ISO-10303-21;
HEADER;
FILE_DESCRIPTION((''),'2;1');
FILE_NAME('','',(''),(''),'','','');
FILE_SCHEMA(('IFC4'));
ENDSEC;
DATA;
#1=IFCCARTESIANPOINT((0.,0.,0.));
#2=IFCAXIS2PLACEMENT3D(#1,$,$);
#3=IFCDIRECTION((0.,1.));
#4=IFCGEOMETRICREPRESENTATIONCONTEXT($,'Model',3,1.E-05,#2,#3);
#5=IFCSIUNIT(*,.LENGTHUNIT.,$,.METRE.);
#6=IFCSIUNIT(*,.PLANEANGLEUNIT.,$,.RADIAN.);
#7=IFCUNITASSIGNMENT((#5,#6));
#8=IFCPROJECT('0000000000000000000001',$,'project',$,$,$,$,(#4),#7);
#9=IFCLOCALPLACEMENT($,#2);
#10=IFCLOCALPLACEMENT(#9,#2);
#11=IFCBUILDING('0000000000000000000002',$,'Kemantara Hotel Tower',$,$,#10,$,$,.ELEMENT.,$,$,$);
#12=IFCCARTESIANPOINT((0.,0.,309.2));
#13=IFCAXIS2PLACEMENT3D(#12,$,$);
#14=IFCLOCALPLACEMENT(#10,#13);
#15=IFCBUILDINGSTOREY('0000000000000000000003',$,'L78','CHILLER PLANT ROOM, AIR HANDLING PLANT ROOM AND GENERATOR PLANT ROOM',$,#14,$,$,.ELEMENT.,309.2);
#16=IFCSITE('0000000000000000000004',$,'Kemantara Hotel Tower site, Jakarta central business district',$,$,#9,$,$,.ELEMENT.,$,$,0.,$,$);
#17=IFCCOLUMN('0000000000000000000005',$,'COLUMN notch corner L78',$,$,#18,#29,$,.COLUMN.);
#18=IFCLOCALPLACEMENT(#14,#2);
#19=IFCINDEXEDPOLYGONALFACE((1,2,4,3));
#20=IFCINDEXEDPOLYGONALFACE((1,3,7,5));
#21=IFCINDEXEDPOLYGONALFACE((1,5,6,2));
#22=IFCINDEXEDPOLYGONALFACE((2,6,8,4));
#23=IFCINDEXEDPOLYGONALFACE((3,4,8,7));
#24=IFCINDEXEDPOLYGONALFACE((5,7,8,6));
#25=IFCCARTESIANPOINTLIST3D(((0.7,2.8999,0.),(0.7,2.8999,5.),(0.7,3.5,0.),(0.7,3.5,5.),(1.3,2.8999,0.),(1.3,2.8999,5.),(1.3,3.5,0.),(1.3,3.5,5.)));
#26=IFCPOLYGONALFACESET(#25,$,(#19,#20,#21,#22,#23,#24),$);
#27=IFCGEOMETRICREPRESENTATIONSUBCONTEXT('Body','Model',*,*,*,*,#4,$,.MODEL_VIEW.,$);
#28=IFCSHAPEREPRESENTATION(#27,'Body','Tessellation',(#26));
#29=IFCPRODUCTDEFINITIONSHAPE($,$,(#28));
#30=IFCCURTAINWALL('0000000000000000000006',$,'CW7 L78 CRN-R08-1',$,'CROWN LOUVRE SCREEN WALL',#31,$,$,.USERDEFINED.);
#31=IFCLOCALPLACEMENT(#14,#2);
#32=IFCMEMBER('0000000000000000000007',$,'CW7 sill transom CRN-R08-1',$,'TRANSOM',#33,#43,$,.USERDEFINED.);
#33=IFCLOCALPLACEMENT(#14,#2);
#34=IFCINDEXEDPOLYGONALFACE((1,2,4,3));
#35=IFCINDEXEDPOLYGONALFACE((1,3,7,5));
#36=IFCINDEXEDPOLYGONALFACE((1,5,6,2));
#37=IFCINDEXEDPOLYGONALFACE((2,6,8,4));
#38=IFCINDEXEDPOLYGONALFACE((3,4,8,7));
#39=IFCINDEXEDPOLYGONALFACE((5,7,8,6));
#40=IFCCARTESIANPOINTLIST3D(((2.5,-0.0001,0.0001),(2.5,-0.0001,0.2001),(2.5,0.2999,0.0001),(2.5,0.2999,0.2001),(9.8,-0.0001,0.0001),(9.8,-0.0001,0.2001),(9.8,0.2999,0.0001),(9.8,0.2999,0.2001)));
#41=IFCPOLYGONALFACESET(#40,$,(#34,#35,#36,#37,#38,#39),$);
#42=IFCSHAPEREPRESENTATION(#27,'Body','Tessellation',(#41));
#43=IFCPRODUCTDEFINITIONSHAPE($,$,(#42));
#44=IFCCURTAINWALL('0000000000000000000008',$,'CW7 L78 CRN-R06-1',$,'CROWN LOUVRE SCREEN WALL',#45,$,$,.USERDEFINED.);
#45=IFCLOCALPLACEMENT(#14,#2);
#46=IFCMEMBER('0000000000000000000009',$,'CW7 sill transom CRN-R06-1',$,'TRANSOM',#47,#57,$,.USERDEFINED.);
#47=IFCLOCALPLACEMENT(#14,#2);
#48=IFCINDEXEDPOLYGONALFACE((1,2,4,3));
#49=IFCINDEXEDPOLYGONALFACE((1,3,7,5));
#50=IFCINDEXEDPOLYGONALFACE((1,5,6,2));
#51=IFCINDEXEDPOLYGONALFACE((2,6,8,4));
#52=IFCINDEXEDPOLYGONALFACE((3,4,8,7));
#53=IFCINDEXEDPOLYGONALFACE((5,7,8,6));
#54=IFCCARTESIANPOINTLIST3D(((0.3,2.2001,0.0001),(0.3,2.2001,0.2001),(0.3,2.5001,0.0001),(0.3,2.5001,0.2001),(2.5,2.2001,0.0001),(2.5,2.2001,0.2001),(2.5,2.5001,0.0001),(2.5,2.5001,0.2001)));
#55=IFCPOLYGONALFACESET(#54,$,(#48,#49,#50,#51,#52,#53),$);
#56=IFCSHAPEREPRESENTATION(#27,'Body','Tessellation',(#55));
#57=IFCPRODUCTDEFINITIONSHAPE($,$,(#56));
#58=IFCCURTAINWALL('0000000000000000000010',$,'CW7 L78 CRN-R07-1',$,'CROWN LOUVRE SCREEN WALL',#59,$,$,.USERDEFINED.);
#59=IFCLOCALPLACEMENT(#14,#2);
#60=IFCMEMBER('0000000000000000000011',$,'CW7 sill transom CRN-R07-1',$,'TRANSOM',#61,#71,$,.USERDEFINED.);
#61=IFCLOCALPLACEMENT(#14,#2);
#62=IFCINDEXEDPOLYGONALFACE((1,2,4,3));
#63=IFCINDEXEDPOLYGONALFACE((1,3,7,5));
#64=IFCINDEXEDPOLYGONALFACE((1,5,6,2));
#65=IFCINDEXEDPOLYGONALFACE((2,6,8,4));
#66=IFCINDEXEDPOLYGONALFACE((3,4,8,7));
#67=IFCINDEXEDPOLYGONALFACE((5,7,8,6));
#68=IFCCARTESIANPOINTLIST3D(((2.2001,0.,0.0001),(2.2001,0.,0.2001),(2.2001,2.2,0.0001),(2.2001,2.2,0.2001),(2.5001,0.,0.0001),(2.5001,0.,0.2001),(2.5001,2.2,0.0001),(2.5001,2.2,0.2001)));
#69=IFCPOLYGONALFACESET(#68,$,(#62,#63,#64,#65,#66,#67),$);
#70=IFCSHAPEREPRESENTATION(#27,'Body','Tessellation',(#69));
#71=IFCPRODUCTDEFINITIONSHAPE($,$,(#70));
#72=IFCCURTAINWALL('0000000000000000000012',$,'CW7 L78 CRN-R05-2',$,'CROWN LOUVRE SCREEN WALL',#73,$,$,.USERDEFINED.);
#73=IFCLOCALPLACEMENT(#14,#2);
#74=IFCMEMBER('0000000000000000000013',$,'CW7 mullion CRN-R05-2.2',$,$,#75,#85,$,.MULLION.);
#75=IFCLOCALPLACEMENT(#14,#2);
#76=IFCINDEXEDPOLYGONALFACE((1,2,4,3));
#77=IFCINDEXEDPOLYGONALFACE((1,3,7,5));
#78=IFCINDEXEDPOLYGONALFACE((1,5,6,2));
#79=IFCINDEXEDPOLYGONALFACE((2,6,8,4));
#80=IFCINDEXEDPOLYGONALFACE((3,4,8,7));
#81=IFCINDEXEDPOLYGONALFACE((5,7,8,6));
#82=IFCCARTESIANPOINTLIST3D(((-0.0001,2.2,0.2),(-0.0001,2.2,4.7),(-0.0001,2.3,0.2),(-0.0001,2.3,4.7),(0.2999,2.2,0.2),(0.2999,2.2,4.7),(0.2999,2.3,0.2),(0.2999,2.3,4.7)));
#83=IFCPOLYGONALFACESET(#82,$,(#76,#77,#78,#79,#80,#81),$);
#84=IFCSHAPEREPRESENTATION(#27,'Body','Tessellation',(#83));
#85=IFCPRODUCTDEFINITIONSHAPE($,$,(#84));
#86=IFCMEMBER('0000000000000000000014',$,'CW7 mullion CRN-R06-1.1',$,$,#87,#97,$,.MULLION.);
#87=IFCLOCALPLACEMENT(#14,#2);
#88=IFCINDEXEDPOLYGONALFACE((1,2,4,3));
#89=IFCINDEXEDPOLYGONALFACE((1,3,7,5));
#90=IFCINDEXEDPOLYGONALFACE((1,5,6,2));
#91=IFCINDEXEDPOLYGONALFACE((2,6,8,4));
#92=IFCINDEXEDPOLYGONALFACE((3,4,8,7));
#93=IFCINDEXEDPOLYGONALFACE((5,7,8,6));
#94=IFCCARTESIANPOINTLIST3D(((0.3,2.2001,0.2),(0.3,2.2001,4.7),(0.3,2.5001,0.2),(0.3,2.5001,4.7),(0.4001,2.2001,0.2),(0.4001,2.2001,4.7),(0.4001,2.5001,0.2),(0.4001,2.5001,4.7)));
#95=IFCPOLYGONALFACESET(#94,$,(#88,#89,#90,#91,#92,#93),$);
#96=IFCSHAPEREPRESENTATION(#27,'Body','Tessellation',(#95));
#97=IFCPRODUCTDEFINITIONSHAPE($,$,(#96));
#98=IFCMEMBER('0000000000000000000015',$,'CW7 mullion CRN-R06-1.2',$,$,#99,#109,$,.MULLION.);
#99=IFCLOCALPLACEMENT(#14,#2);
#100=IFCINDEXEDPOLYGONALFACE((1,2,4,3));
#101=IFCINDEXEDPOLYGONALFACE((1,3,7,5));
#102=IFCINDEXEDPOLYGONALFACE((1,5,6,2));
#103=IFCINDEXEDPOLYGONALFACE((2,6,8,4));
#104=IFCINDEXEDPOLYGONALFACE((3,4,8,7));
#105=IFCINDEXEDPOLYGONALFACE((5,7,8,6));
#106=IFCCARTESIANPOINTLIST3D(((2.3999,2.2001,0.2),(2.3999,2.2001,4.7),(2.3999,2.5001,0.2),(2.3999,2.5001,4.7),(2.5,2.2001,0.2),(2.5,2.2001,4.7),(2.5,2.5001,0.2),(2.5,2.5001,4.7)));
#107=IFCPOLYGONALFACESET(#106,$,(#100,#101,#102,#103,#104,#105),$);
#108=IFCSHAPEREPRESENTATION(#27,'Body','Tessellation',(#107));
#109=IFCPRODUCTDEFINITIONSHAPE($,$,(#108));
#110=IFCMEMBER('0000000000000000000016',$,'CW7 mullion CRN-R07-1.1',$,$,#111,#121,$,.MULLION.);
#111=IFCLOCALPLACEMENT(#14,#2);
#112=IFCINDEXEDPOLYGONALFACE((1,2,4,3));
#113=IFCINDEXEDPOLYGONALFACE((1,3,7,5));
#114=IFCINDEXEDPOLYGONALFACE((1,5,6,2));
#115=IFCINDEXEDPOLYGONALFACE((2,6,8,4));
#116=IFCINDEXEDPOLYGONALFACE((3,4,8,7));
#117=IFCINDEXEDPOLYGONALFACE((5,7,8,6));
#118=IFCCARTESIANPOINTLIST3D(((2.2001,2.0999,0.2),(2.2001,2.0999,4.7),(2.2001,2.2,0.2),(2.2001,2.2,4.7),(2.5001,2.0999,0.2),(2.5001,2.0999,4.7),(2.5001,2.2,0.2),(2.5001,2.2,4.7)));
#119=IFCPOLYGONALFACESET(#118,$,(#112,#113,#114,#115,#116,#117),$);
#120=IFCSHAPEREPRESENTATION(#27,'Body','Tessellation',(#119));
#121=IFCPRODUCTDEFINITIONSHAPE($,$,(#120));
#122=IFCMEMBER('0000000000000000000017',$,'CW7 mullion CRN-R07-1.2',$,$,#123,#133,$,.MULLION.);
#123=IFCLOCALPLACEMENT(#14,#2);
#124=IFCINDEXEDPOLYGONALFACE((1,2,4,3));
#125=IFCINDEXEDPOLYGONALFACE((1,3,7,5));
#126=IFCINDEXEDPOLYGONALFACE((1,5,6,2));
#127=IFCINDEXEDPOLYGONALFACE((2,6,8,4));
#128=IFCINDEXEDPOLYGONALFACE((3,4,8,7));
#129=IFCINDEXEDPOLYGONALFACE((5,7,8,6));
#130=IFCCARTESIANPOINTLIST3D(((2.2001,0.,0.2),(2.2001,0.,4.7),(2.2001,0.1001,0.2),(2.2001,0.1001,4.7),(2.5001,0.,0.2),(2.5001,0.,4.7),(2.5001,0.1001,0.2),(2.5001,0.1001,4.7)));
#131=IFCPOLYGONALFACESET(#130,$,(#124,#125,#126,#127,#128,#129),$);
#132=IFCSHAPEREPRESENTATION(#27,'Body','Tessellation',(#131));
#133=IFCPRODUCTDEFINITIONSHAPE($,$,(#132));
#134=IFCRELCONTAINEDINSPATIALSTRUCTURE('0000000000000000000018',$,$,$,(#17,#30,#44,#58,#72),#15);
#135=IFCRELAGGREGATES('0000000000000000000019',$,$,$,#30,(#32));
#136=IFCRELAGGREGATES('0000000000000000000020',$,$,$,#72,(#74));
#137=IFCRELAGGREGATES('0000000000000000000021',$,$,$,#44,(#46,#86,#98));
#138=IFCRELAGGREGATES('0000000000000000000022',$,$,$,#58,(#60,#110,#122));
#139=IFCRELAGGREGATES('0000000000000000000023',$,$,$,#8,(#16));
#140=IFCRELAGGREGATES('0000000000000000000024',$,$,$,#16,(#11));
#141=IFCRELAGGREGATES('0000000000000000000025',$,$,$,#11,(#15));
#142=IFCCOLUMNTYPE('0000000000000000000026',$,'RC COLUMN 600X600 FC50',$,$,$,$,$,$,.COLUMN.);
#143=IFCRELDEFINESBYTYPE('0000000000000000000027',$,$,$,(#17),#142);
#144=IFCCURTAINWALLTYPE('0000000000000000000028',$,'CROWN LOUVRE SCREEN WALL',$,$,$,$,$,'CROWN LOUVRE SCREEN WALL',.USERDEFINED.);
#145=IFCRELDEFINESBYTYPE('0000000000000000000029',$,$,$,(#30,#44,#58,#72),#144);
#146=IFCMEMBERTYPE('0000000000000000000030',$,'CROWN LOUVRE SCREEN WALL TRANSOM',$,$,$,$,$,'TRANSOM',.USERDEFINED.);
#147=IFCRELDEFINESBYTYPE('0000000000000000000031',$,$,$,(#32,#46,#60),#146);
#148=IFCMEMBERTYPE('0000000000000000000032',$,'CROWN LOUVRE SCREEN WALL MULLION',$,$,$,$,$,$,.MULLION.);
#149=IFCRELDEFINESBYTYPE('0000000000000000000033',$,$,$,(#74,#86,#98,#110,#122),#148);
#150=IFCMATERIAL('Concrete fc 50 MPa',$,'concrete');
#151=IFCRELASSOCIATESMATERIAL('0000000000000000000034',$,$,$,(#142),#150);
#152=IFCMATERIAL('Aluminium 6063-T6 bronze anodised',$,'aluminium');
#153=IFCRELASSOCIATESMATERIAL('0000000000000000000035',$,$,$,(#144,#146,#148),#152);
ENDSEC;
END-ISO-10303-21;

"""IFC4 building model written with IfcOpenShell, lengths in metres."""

from ifc_helpers import new_model, si_unit, direction, frame, origin, origin_2d, place, context, subcontext, project, spatial, rectangle, extrude, source, transform, mapped, material, material_profile, profile_set, type_object, element, aggregate, save


model = new_model("IFC4")

# Units and contexts
model_context = context("Model", 3, precision=1e-05, world=origin(), true_north=direction((0.0, 1.0)))
body_context = subcontext(model_context, "Body", "Model", "MODEL_VIEW")
ifc_project = project(units=[si_unit("LENGTHUNIT", "METRE"), si_unit("PLANEANGLEUNIT", "RADIAN")], contexts=[model_context])

# Site, building, storey
site_placement = place(None, origin())
site = spatial("IfcSite", under=ifc_project, at=site_placement, Name="Kemantara Hotel Tower site, Jakarta central business district", CompositionType="ELEMENT", RefElevation=0.0)
building_placement = place(site_placement, origin())
building = spatial("IfcBuilding", under=site, at=building_placement, Name="Kemantara Hotel Tower", CompositionType="ELEMENT")
storey_placement = place(building_placement, frame((0.0, 0.0, 309.2)))
storey = spatial("IfcBuildingStorey", under=building, at=storey_placement, Name="L78", Description="CHILLER PLANT ROOM, AIR HANDLING PLANT ROOM AND GENERATOR PLANT ROOM", CompositionType="ELEMENT", Elevation=309.2)

# Column
ifc_material_1 = material(Name="Concrete fc 50 MPa", Category="concrete")
ifc_material_profile_1 = material_profile(ifc_material_1, rectangle(XDim=0.6001, YDim=0.6001, at=origin_2d()), Name="RC 600X600")
ifc_profile_set_1 = profile_set([ifc_material_profile_1], Name="Concrete fc 50 MPa")
column_type = type_object("IfcColumnType", Name="RC COLUMN 600X600 FC50", PredefinedType="COLUMN", material=ifc_profile_set_1)
column_placement = place(storey_placement, frame((1.0, 3.2, 0.0), z_axis=(0.0, 0.0, 1.0), x_axis=(1.0, 0.0, 0.0)))
element("IfcColumn", 1, at=column_placement, inside=storey, type_object=column_type, Name="COLUMN notch corner L78", PredefinedType="COLUMN", context=body_context, shape_type="SweptSolid", body=[
    extrude(rectangle(XDim=0.6001, YDim=0.6001, at=origin_2d()), origin(), (0.0, 0.0, 1.0), 5.0),
])

# Curtain walls, members
ifc_material_2 = material(Name="Aluminium 6063-T6 bronze anodised", Category="aluminium")
curtain_wall_type = type_object("IfcCurtainWallType", Name="CROWN LOUVRE SCREEN WALL", ElementType="CROWN LOUVRE SCREEN WALL", PredefinedType="USERDEFINED", material=ifc_material_2)
curtain_wall_1_placement = place(storey_placement, origin())
curtain_wall_1 = element("IfcCurtainWall", 2, at=curtain_wall_1_placement, inside=storey, type_object=curtain_wall_type, Name="CW7 L78 CRN-R08-1", ObjectType="CROWN LOUVRE SCREEN WALL", PredefinedType="USERDEFINED")
ifc_material_profile_2 = material_profile(ifc_material_2, rectangle(XDim=0.3, YDim=0.2, at=origin_2d()), Name="CROWN LOUVRE SCREEN WALL TRANSOM")
ifc_profile_set_2 = profile_set([ifc_material_profile_2], Name="Aluminium 6063-T6 bronze anodised")
member_type_1 = type_object("IfcMemberType", Name="CROWN LOUVRE SCREEN WALL TRANSOM", ElementType="TRANSOM", PredefinedType="USERDEFINED", material=ifc_profile_set_2)
member_1_placement = place(storey_placement, frame((2.5, 0.1499, 0.1001), z_axis=(1.0, 0.0, 0.0), x_axis=(0.0, 1.0, 0.0)))
member_1 = element("IfcMember", 3, at=member_1_placement, type_object=member_type_1, Name="CW7 sill transom CRN-R08-1", ObjectType="TRANSOM", PredefinedType="USERDEFINED", context=body_context, shape_type="SweptSolid", body=[
    extrude(rectangle(XDim=0.3, YDim=0.2, at=origin_2d()), origin(), (0.0, 0.0, 1.0), 7.3),
])
aggregate(curtain_wall_1, [member_1])
curtain_wall_2_placement = place(storey_placement, origin())
curtain_wall_2 = element("IfcCurtainWall", 4, at=curtain_wall_2_placement, inside=storey, type_object=curtain_wall_type, Name="CW7 L78 CRN-R06-1", ObjectType="CROWN LOUVRE SCREEN WALL", PredefinedType="USERDEFINED")
member_2_placement = place(storey_placement, frame((0.3, 2.3501, 0.1001), z_axis=(1.0, 0.0, 0.0), x_axis=(0.0, 1.0, 0.0)))
member_2 = element("IfcMember", 5, at=member_2_placement, type_object=member_type_1, Name="CW7 sill transom CRN-R06-1", ObjectType="TRANSOM", PredefinedType="USERDEFINED", context=body_context, shape_type="SweptSolid", body=[
    extrude(rectangle(XDim=0.3, YDim=0.2, at=origin_2d()), origin(), (0.0, 0.0, 1.0), 2.2),
])
curtain_wall_3_placement = place(storey_placement, origin())
curtain_wall_3 = element("IfcCurtainWall", 6, at=curtain_wall_3_placement, inside=storey, type_object=curtain_wall_type, Name="CW7 L78 CRN-R07-1", ObjectType="CROWN LOUVRE SCREEN WALL", PredefinedType="USERDEFINED")
member_3_placement = place(storey_placement, frame((2.3501, 2.2, 0.1001), z_axis=(0.0, -1.0, 0.0), x_axis=(1.0, 0.0, 0.0)))
member_3 = element("IfcMember", 7, at=member_3_placement, type_object=member_type_1, Name="CW7 sill transom CRN-R07-1", ObjectType="TRANSOM", PredefinedType="USERDEFINED", context=body_context, shape_type="SweptSolid", body=[
    extrude(rectangle(XDim=0.3, YDim=0.2, at=origin_2d()), origin(), (0.0, 0.0, 1.0), 2.2),
])
curtain_wall_4_placement = place(storey_placement, origin())
curtain_wall_4 = element("IfcCurtainWall", 8, at=curtain_wall_4_placement, inside=storey, type_object=curtain_wall_type, Name="CW7 L78 CRN-R05-2", ObjectType="CROWN LOUVRE SCREEN WALL", PredefinedType="USERDEFINED")
ifc_material_profile_3 = material_profile(ifc_material_2, rectangle(XDim=0.3, YDim=0.1001, at=origin_2d()), Name="CROWN LOUVRE SCREEN WALL MULLION")
ifc_profile_set_3 = profile_set([ifc_material_profile_3], Name="Aluminium 6063-T6 bronze anodised")
member_type_2 = type_object("IfcMemberType", Name="CROWN LOUVRE SCREEN WALL MULLION", PredefinedType="MULLION", material=ifc_profile_set_3)
shared_shape_1 = source(origin(), body_context, "Body", "SweptSolid", [
    extrude(rectangle(XDim=0.3, YDim=0.1001, at=origin_2d()), origin(), (0.0, 0.0, 1.0), 4.5),
])
member_4_placement = place(storey_placement, frame((0.1499, 2.25, 0.2), z_axis=(0.0, 0.0, 1.0), x_axis=(1.0, 0.0, 0.0)))
member_4 = element("IfcMember", 9, at=member_4_placement, type_object=member_type_2, Name="CW7 mullion CRN-R05-2.2", PredefinedType="MULLION", context=body_context, shape_type="MappedRepresentation", body=[
    mapped(shared_shape_1, transform((0.0, 0.0, 0.0))),
])
aggregate(curtain_wall_4, [member_4])

# Members
member_5_placement = place(storey_placement, frame((0.3501, 2.3501, 0.2), z_axis=(0.0, 0.0, 1.0), x_axis=(0.0, 1.0, 0.0)))
member_5 = element("IfcMember", 10, at=member_5_placement, type_object=member_type_2, Name="CW7 mullion CRN-R06-1.1", PredefinedType="MULLION", context=body_context, shape_type="MappedRepresentation", body=[
    mapped(shared_shape_1, transform((0.0, 0.0, 0.0))),
])
member_6_placement = place(storey_placement, frame((2.45, 2.3501, 0.2), z_axis=(0.0, 0.0, 1.0), x_axis=(0.0, 1.0, 0.0)))
member_6 = element("IfcMember", 11, at=member_6_placement, type_object=member_type_2, Name="CW7 mullion CRN-R06-1.2", PredefinedType="MULLION", context=body_context, shape_type="MappedRepresentation", body=[
    mapped(shared_shape_1, transform((0.0, 0.0, 0.0))),
])
member_7_placement = place(storey_placement, frame((2.3501, 2.1499, 0.2), z_axis=(0.0, 0.0, 1.0), x_axis=(1.0, 0.0, 0.0)))
member_7 = element("IfcMember", 12, at=member_7_placement, type_object=member_type_2, Name="CW7 mullion CRN-R07-1.1", PredefinedType="MULLION", context=body_context, shape_type="MappedRepresentation", body=[
    mapped(shared_shape_1, transform((0.0, 0.0, 0.0))),
])
member_8_placement = place(storey_placement, frame((2.3501, 0.05, 0.2), z_axis=(0.0, 0.0, 1.0), x_axis=(1.0, 0.0, 0.0)))
member_8 = element("IfcMember", 13, at=member_8_placement, type_object=member_type_2, Name="CW7 mullion CRN-R07-1.2", PredefinedType="MULLION", context=body_context, shape_type="MappedRepresentation", body=[
    mapped(shared_shape_1, transform((0.0, 0.0, 0.0))),
])

aggregate(curtain_wall_2, [member_2, member_5, member_6])
aggregate(curtain_wall_3, [member_3, member_7, member_8])

save(model, "model.ifc")
